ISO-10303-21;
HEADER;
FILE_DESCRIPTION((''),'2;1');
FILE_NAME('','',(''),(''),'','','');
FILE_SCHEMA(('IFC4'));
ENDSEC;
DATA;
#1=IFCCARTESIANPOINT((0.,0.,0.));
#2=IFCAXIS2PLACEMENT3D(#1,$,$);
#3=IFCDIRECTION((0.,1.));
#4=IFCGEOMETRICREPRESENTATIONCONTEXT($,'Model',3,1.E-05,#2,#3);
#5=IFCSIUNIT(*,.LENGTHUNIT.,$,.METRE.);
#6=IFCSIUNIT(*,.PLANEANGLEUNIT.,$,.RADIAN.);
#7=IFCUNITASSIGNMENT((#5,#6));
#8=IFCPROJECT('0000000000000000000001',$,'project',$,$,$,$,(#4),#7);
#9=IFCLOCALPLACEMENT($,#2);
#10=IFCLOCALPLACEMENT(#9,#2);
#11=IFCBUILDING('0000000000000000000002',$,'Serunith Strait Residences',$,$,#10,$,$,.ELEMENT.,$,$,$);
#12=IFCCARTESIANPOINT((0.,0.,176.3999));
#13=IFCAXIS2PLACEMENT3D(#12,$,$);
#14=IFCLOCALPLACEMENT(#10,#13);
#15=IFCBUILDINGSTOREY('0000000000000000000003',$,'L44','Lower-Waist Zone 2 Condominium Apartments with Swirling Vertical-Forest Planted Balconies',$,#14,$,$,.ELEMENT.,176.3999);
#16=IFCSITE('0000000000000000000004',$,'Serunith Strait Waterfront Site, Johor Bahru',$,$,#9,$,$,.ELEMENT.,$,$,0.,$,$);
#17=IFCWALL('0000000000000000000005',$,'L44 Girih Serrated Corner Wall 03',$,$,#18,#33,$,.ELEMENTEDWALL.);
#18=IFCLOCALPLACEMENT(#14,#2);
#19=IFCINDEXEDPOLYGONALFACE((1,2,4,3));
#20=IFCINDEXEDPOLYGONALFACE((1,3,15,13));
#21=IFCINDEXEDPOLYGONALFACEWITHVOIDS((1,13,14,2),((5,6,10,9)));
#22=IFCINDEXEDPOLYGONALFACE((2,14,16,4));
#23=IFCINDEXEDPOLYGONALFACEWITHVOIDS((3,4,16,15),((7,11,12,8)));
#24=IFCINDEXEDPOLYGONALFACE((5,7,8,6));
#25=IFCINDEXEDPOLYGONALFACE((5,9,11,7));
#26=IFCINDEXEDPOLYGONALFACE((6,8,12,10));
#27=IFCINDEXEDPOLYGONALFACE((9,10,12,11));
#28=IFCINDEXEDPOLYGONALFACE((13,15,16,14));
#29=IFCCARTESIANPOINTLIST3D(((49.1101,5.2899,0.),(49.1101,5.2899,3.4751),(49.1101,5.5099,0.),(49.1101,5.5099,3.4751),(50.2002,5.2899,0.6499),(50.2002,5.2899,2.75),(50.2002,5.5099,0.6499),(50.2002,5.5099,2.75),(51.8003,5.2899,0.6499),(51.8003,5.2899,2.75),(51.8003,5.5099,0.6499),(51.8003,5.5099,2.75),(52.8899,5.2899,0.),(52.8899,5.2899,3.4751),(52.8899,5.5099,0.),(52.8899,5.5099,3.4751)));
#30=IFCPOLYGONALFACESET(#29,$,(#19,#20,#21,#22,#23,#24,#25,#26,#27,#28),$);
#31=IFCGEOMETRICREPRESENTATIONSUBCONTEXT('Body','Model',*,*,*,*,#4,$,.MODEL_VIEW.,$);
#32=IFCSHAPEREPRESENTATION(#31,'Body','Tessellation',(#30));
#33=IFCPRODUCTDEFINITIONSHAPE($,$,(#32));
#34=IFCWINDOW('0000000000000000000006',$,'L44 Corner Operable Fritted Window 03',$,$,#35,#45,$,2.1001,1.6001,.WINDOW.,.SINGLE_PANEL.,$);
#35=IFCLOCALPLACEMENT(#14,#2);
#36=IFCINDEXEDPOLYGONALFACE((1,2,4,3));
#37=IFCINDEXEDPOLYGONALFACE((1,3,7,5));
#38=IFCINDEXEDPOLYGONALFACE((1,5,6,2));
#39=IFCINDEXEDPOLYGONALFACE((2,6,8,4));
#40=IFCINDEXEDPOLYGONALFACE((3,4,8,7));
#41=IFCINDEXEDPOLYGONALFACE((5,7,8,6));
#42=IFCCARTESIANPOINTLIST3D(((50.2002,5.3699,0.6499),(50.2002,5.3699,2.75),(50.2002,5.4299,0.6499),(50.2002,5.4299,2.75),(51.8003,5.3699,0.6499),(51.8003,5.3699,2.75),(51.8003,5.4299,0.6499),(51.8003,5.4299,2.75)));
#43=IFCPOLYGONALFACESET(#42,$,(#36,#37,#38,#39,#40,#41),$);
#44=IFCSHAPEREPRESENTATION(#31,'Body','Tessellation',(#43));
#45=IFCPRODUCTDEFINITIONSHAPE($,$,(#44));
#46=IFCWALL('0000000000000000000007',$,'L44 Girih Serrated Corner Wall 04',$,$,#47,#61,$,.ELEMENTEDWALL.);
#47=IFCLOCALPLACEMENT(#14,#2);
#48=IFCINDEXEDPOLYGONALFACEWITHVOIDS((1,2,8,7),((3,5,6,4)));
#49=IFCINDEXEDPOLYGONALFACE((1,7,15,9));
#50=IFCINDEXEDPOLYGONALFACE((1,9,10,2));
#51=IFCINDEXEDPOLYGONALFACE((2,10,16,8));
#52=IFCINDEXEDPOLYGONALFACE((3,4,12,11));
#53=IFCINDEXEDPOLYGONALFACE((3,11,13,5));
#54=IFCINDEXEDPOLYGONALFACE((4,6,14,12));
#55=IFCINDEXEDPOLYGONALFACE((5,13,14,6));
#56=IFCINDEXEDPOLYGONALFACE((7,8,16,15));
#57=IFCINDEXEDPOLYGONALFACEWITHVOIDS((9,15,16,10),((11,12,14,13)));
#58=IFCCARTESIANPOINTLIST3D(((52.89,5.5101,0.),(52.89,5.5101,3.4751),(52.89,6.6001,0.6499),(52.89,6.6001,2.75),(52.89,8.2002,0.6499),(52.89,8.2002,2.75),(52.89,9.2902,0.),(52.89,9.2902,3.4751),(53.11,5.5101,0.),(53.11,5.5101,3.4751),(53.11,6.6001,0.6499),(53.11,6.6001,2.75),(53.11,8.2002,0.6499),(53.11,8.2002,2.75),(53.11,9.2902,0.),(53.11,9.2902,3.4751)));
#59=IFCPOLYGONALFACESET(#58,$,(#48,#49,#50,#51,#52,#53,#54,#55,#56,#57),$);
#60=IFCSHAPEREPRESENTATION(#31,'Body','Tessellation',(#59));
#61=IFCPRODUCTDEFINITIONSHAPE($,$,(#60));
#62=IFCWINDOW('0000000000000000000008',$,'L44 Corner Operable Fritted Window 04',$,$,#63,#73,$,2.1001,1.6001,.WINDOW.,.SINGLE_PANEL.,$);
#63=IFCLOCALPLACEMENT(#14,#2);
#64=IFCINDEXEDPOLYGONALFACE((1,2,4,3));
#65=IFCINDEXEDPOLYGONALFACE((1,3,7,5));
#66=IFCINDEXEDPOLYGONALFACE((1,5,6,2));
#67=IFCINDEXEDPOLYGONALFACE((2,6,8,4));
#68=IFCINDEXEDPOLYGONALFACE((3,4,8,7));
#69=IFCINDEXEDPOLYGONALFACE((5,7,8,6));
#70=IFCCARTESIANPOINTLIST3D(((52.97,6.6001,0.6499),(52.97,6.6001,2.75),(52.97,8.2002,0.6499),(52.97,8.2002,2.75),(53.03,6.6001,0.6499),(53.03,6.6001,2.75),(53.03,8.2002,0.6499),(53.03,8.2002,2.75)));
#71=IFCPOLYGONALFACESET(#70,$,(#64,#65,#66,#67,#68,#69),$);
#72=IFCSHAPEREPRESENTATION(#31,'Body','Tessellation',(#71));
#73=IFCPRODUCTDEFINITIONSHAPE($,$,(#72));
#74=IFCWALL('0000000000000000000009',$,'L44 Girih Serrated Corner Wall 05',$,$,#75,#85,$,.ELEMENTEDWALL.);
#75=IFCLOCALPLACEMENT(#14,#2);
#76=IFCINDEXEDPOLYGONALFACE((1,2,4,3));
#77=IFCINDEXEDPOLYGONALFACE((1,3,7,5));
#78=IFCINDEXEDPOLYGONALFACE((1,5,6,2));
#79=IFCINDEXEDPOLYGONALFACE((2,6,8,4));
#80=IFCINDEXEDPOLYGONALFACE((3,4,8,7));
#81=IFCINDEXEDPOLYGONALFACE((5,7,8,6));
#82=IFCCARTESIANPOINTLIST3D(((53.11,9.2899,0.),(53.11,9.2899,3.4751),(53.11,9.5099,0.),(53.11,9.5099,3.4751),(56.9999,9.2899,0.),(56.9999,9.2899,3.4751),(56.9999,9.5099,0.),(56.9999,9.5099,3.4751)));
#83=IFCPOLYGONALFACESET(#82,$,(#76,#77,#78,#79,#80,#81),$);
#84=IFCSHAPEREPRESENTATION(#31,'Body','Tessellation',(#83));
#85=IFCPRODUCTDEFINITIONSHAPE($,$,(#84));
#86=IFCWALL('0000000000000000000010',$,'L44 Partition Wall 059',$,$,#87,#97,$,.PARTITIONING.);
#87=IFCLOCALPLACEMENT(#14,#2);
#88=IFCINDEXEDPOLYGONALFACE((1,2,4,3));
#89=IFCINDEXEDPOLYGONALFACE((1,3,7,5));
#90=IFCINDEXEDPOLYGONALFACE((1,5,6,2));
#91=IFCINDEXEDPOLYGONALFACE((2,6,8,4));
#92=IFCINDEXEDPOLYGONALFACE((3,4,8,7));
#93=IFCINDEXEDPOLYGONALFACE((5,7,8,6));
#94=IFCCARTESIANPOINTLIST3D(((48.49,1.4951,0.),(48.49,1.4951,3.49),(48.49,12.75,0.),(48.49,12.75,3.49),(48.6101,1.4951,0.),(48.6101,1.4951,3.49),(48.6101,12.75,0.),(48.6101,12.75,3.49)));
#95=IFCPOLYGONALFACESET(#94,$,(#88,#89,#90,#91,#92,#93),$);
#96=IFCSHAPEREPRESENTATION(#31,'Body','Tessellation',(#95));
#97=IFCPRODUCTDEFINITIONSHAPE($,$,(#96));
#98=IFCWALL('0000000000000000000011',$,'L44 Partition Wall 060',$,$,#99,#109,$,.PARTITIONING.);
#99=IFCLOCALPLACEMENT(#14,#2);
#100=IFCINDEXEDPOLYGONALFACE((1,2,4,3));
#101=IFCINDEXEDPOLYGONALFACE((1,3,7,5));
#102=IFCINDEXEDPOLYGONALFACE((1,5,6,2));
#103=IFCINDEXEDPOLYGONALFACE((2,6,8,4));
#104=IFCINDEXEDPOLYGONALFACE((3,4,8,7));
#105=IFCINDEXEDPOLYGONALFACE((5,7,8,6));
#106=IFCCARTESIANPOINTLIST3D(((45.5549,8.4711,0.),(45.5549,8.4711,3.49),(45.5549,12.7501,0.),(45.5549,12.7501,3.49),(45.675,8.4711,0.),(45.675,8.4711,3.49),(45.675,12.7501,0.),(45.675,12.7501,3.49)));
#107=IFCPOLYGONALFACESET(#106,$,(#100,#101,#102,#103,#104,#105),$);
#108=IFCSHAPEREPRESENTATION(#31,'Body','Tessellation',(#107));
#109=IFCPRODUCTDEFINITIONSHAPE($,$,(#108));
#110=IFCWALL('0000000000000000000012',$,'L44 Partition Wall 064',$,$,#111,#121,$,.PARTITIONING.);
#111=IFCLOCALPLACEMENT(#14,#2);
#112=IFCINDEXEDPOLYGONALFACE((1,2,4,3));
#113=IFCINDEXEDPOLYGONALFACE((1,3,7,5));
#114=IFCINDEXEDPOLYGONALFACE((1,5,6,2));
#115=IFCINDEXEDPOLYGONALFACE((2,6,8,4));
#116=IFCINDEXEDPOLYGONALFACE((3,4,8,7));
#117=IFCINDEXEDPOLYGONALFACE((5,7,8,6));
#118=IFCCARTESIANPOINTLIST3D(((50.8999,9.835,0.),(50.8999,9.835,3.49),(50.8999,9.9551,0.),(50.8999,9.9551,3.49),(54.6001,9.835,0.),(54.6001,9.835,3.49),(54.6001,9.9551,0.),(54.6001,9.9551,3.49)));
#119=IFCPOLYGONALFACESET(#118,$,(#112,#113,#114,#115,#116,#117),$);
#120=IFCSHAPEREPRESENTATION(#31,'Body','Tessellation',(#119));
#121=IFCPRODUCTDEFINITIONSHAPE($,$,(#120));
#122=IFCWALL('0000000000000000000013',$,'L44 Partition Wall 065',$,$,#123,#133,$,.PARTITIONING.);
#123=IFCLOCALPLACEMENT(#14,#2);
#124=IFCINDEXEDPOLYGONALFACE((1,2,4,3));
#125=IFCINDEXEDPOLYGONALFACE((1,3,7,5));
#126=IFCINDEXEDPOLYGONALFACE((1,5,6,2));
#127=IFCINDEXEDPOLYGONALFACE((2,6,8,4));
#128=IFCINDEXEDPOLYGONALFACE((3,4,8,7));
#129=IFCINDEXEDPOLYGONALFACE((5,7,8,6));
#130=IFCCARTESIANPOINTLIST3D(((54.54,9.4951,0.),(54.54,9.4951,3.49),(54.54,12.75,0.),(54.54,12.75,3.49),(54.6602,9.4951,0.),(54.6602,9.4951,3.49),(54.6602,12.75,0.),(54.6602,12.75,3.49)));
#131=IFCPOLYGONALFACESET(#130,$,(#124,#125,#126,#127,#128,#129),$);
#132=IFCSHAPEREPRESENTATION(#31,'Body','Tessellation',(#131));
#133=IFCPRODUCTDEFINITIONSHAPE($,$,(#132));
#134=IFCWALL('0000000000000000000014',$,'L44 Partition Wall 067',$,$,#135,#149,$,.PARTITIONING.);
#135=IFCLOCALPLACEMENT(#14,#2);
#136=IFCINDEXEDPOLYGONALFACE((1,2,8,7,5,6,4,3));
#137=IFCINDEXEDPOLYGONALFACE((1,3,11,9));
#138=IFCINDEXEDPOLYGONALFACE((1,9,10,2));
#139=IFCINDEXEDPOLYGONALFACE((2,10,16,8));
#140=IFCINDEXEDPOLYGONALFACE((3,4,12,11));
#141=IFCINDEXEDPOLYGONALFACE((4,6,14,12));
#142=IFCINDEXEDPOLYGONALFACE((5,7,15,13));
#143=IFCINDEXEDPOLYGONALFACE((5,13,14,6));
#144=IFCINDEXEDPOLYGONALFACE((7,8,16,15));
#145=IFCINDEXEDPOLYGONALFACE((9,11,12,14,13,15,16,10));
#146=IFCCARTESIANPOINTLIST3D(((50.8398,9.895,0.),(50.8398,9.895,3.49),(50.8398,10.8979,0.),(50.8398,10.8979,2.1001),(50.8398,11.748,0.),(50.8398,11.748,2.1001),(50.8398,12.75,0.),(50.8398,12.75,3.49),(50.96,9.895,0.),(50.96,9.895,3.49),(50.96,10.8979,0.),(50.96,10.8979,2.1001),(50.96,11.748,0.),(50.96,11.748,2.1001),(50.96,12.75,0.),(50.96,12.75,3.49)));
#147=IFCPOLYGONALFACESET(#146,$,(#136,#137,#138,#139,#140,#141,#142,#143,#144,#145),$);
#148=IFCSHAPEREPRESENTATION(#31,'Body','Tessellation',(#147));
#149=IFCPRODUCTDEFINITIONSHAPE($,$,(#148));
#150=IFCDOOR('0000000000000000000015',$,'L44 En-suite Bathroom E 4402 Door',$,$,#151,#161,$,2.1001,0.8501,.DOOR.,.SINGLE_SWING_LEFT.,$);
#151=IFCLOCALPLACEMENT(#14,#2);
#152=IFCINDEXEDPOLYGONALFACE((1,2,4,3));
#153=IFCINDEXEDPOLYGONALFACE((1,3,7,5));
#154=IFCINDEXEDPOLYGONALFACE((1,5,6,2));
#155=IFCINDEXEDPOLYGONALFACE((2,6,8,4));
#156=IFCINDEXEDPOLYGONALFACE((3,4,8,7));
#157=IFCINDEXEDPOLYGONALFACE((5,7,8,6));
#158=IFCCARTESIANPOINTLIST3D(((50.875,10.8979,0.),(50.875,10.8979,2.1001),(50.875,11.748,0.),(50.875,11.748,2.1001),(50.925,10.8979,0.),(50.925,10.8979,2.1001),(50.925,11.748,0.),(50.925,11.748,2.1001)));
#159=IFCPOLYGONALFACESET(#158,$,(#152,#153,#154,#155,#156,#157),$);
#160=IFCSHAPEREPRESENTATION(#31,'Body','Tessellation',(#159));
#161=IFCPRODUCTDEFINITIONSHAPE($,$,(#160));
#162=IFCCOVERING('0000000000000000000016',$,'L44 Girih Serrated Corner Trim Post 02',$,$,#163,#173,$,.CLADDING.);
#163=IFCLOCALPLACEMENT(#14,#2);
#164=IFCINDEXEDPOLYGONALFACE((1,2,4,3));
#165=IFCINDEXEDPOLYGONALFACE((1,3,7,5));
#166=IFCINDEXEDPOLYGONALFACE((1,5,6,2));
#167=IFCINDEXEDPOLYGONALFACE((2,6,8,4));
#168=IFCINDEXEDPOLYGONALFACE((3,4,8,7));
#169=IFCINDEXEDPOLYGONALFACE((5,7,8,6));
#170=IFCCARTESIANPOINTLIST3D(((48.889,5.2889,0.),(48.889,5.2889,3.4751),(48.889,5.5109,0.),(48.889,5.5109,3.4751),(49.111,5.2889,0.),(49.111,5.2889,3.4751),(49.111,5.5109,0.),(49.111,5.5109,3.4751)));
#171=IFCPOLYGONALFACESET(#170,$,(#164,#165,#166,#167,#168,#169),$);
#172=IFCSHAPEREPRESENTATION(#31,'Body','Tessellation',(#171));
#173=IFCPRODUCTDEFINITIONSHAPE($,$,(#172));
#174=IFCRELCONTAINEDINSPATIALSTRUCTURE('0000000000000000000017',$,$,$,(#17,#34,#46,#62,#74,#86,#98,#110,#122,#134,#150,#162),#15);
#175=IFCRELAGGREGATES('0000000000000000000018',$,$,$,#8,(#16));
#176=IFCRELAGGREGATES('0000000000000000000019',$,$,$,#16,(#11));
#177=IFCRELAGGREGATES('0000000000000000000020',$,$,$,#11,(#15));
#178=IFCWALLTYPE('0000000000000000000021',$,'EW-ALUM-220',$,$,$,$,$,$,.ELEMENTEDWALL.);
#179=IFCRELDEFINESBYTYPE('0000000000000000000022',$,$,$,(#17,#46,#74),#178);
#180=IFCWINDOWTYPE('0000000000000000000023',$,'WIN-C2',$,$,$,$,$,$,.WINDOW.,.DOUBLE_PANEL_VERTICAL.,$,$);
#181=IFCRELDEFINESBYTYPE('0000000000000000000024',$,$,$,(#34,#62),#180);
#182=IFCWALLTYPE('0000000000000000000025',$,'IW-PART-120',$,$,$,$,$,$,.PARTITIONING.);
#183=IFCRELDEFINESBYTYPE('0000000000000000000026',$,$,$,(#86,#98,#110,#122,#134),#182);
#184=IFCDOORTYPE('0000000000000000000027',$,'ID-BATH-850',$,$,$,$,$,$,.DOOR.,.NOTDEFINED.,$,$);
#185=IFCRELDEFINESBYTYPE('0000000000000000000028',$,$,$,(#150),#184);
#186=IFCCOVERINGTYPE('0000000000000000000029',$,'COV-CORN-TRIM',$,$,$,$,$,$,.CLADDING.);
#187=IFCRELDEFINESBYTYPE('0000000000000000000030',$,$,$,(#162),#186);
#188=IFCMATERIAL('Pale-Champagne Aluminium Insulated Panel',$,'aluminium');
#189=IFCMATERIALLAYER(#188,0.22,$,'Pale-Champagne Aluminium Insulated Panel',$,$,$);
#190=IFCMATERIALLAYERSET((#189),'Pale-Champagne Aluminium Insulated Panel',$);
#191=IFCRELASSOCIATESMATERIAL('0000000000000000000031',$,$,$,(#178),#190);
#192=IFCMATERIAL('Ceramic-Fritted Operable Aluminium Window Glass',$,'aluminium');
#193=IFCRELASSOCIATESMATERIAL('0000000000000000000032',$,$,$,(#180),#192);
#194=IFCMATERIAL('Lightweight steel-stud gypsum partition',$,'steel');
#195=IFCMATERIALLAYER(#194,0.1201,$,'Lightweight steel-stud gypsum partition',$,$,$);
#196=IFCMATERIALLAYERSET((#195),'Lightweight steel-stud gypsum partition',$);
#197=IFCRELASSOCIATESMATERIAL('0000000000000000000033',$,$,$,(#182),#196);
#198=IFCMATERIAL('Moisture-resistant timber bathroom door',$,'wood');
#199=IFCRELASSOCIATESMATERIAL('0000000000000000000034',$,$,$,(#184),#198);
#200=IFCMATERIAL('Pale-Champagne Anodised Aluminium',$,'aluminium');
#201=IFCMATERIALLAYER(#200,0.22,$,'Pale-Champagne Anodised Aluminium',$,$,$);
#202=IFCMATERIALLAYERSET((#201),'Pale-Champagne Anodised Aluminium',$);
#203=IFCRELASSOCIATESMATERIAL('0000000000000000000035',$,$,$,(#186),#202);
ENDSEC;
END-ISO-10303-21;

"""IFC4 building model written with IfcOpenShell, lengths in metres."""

from ifc_helpers import new_model, si_unit, direction, frame, frame_2d, origin, origin_2d, place, context, subcontext, project, spatial, rectangle, extrude, source, transform, mapped, material, layer, layer_set, type_object, element, fill, save


model = new_model("IFC4")

# Units and contexts
model_context = context("Model", 3, precision=1e-05, world=origin(), true_north=direction((0.0, 1.0)))
body_context = subcontext(model_context, "Body", "Model", "MODEL_VIEW")
ifc_project = project(units=[si_unit("LENGTHUNIT", "METRE"), si_unit("PLANEANGLEUNIT", "RADIAN")], contexts=[model_context])

# Site, building, storey
site_placement = place(None, origin())
site = spatial("IfcSite", under=ifc_project, at=site_placement, Name="Serunith Strait Waterfront Site, Johor Bahru", CompositionType="ELEMENT", RefElevation=0.0)
building_placement = place(site_placement, origin())
building = spatial("IfcBuilding", under=site, at=building_placement, Name="Serunith Strait Residences", CompositionType="ELEMENT")
storey_placement = place(building_placement, frame((0.0, 0.0, 176.3999)))
storey = spatial("IfcBuildingStorey", under=building, at=storey_placement, Name="L44", Description="Lower-Waist Zone 2 Condominium Apartments with Swirling Vertical-Forest Planted Balconies", CompositionType="ELEMENT", Elevation=176.3999)

# Shared definitions
ifc_material_1 = material(Name="Pale-Champagne Anodised Aluminium", Category="aluminium")

# Walls, openings, windows
ifc_material_2 = material(Name="Pale-Champagne Aluminium Insulated Panel", Category="aluminium")
ifc_layer_1 = layer(ifc_material_2, 0.22, Name="Pale-Champagne Aluminium Insulated Panel")
ifc_layer_set_1 = layer_set([ifc_layer_1], Name="Pale-Champagne Aluminium Insulated Panel")
wall_type_1 = type_object("IfcWallType", Name="EW-ALUM-220", PredefinedType="ELEMENTEDWALL", material=ifc_layer_set_1)
ifc_material_3 = material(Name="Ceramic-Fritted Operable Aluminium Window Glass", Category="aluminium")
window_type = type_object("IfcWindowType", Name="WIN-C2", PartitioningType="DOUBLE_PANEL_VERTICAL", PredefinedType="WINDOW", material=ifc_material_3)
shared_shape_1 = source(origin(), body_context, "Body", "SweptSolid", [
    extrude(rectangle(XDim=1.6001, YDim=2.1001, at=frame_2d((0.8, 1.05))), frame((0.0, 0.03, 0.0), z_axis=(0.0, -1.0, 0.0), x_axis=(1.0, 0.0, 0.0)), (0.0, 0.0, 1.0), 0.0601),
])
wall_1_placement = place(storey_placement, frame((49.1101, 5.3999, 0.0), z_axis=(0.0, 0.0, 1.0), x_axis=(1.0, 0.0, 0.0)))
wall_1 = element("IfcWall", 1, at=wall_1_placement, inside=storey, type_object=wall_type_1, Name="L44 Girih Serrated Corner Wall 03", PredefinedType="ELEMENTEDWALL", context=body_context, shape_type="SweptSolid", body=[
    extrude(rectangle(XDim=3.7798, YDim=0.22, at=frame_2d((1.8899, 0.0))), origin(), (0.0, 0.0, 1.0), 3.4751),
])
opening_1_placement = place(wall_1_placement, frame((1.0901, 0.0, 0.6499)))
opening_1 = element("IfcOpeningElement", 2, at=opening_1_placement, cuts=wall_1, PredefinedType="OPENING", context=body_context, shape_type="SweptSolid", body=[
    extrude(rectangle(XDim=1.6001, YDim=2.1001, at=frame_2d((0.8, 1.05))), frame((0.0, 0.1201, 0.0), z_axis=(0.0, -1.0, 0.0), x_axis=(1.0, 0.0, 0.0)), (0.0, 0.0, 1.0), 0.24),
])
window_1_placement = place(opening_1_placement, origin())
window_1 = element("IfcWindow", 3, at=window_1_placement, inside=storey, type_object=window_type, Name="L44 Corner Operable Fritted Window 03", OverallHeight=2.1001, OverallWidth=1.6001, PartitioningType="SINGLE_PANEL", PredefinedType="WINDOW", context=body_context, shape_type="MappedRepresentation", body=[
    mapped(shared_shape_1, transform((0.0, 0.0, 0.0), scale=1.0)),
])
fill(opening_1, window_1)
wall_2_placement = place(storey_placement, frame((53.0, 5.51, 0.0), z_axis=(0.0, 0.0, 1.0), x_axis=(0.0, 1.0, 0.0)))
wall_2 = element("IfcWall", 4, at=wall_2_placement, inside=storey, type_object=wall_type_1, Name="L44 Girih Serrated Corner Wall 04", PredefinedType="ELEMENTEDWALL", context=body_context, shape_type="SweptSolid", body=[
    extrude(rectangle(XDim=3.78, YDim=0.22, at=frame_2d((1.8901, 0.0))), origin(), (0.0, 0.0, 1.0), 3.4751),
])
opening_2_placement = place(wall_2_placement, frame((1.0901, 0.0, 0.6499)))
opening_2 = element("IfcOpeningElement", 5, at=opening_2_placement, cuts=wall_2, PredefinedType="OPENING", context=body_context, shape_type="SweptSolid", body=[
    extrude(rectangle(XDim=1.6001, YDim=2.1001, at=frame_2d((0.8, 1.05))), frame((0.0, 0.1201, 0.0), z_axis=(0.0, -1.0, 0.0), x_axis=(1.0, 0.0, 0.0)), (0.0, 0.0, 1.0), 0.24),
])
window_2_placement = place(opening_2_placement, origin())
window_2 = element("IfcWindow", 6, at=window_2_placement, inside=storey, type_object=window_type, Name="L44 Corner Operable Fritted Window 04", OverallHeight=2.1001, OverallWidth=1.6001, PartitioningType="SINGLE_PANEL", PredefinedType="WINDOW", context=body_context, shape_type="MappedRepresentation", body=[
    mapped(shared_shape_1, transform((0.0, 0.0, 0.0), scale=1.0)),
])
fill(opening_2, window_2)

# Walls
wall_3_placement = place(storey_placement, frame((53.1101, 9.3999, 0.0), z_axis=(0.0, 0.0, 1.0), x_axis=(1.0, 0.0, 0.0)))
element("IfcWall", 7, at=wall_3_placement, inside=storey, type_object=wall_type_1, Name="L44 Girih Serrated Corner Wall 05", PredefinedType="ELEMENTEDWALL", context=body_context, shape_type="SweptSolid", body=[
    extrude(rectangle(XDim=3.8899, YDim=0.22, at=frame_2d((1.9448, 0.0))), origin(), (0.0, 0.0, 1.0), 3.4751),
])
ifc_material_4 = material(Name="Lightweight steel-stud gypsum partition", Category="steel")
ifc_layer_2 = layer(ifc_material_4, 0.1201, Name="Lightweight steel-stud gypsum partition")
ifc_layer_set_2 = layer_set([ifc_layer_2], Name="Lightweight steel-stud gypsum partition")
wall_type_2 = type_object("IfcWallType", Name="IW-PART-120", PredefinedType="PARTITIONING", material=ifc_layer_set_2)
wall_4_placement = place(storey_placement, frame((48.55, 1.4951, 0.0), z_axis=(0.0, 0.0, 1.0), x_axis=(0.0, 1.0, 0.0)))
element("IfcWall", 8, at=wall_4_placement, inside=storey, type_object=wall_type_2, Name="L44 Partition Wall 059", PredefinedType="PARTITIONING", context=body_context, shape_type="SweptSolid", body=[
    extrude(rectangle(XDim=11.2549, YDim=0.1201, at=frame_2d((5.6274, 0.0))), origin(), (0.0, 0.0, 1.0), 3.49),
])
wall_5_placement = place(storey_placement, frame((45.615, 8.4709, 0.0), z_axis=(0.0, 0.0, 1.0), x_axis=(0.0, 1.0, 0.0)))
element("IfcWall", 9, at=wall_5_placement, inside=storey, type_object=wall_type_2, Name="L44 Partition Wall 060", PredefinedType="PARTITIONING", context=body_context, shape_type="SweptSolid", body=[
    extrude(rectangle(XDim=4.2791, YDim=0.1201, at=frame_2d((2.1396, 0.0))), origin(), (0.0, 0.0, 1.0), 3.49),
])
wall_6_placement = place(storey_placement, frame((50.8999, 9.895, 0.0), z_axis=(0.0, 0.0, 1.0), x_axis=(1.0, 0.0, 0.0)))
element("IfcWall", 10, at=wall_6_placement, inside=storey, type_object=wall_type_2, Name="L44 Partition Wall 064", PredefinedType="PARTITIONING", context=body_context, shape_type="SweptSolid", body=[
    extrude(rectangle(XDim=3.7002, YDim=0.1201, at=frame_2d((1.8501, 0.0))), origin(), (0.0, 0.0, 1.0), 3.49),
])
wall_7_placement = place(storey_placement, frame((54.6001, 9.4951, 0.0), z_axis=(0.0, 0.0, 1.0), x_axis=(0.0, 1.0, 0.0)))
element("IfcWall", 11, at=wall_7_placement, inside=storey, type_object=wall_type_2, Name="L44 Partition Wall 065", PredefinedType="PARTITIONING", context=body_context, shape_type="SweptSolid", body=[
    extrude(rectangle(XDim=3.2549, YDim=0.1201, at=frame_2d((1.6274, 0.0))), origin(), (0.0, 0.0, 1.0), 3.49),
])

# Wall, opening, door
wall_8_placement = place(storey_placement, frame((50.8999, 9.895, 0.0), z_axis=(0.0, 0.0, 1.0), x_axis=(0.0, 1.0, 0.0)))
wall_8 = element("IfcWall", 12, at=wall_8_placement, inside=storey, type_object=wall_type_2, Name="L44 Partition Wall 067", PredefinedType="PARTITIONING", context=body_context, shape_type="SweptSolid", body=[
    extrude(rectangle(XDim=2.855, YDim=0.1201, at=frame_2d((1.4275, 0.0))), origin(), (0.0, 0.0, 1.0), 3.49),
])
opening_3_placement = place(wall_8_placement, frame((1.0029, 0.0, 0.0)))
opening_3 = element("IfcOpeningElement", 13, at=opening_3_placement, cuts=wall_8, PredefinedType="OPENING", context=body_context, shape_type="SweptSolid", body=[
    extrude(rectangle(XDim=0.8501, YDim=2.1001, at=frame_2d((0.425, 1.05))), frame((0.0, 0.0701, 0.0), z_axis=(0.0, -1.0, 0.0), x_axis=(1.0, 0.0, 0.0)), (0.0, 0.0, 1.0), 0.1401),
])
ifc_material_5 = material(Name="Moisture-resistant timber bathroom door", Category="wood")
door_type = type_object("IfcDoorType", Name="ID-BATH-850", OperationType="NOTDEFINED", PredefinedType="DOOR", material=ifc_material_5)
shared_shape_2 = source(origin(), body_context, "Body", "SweptSolid", [
    extrude(rectangle(XDim=0.8501, YDim=2.1001, at=frame_2d((0.425, 1.05))), frame((0.0, 0.0249, 0.0), z_axis=(0.0, -1.0, 0.0), x_axis=(1.0, 0.0, 0.0)), (0.0, 0.0, 1.0), 0.05),
])
door_placement = place(opening_3_placement, origin())
door = element("IfcDoor", 14, at=door_placement, inside=storey, type_object=door_type, Name="L44 En-suite Bathroom E 4402 Door", OperationType="SINGLE_SWING_LEFT", OverallHeight=2.1001, OverallWidth=0.8501, PredefinedType="DOOR", context=body_context, shape_type="MappedRepresentation", body=[
    mapped(shared_shape_2, transform((0.0, 0.0, 0.0), scale=1.0)),
])
fill(opening_3, door)

# Covering
ifc_layer_3 = layer(ifc_material_1, 0.22, Name="Pale-Champagne Anodised Aluminium")
ifc_layer_set_3 = layer_set([ifc_layer_3], Name="Pale-Champagne Anodised Aluminium")
covering_type = type_object("IfcCoveringType", Name="COV-CORN-TRIM", PredefinedType="CLADDING", material=ifc_layer_set_3)
shared_shape_3 = source(origin(), body_context, "Body", "SweptSolid", [
    extrude(rectangle(XDim=0.2219, YDim=0.2219, at=origin_2d()), origin(), (0.0, 0.0, 1.0), 3.4751),
])
for number, where, z_axis, x_axis, name in (
    (15, (49.0, 5.3999, 0.0), (0.0, 0.0, 1.0), (1.0, 0.0, 0.0), "L44 Girih Serrated Corner Trim Post 02"),
):
    element("IfcCovering", number, at=place(storey_placement, frame(where, z_axis=z_axis, x_axis=x_axis)), inside=storey, type_object=covering_type, Name=name, PredefinedType="CLADDING", context=body_context, shape_type="MappedRepresentation", body=[
        mapped(shared_shape_3, transform((0.0, 0.0, 0.0), scale=1.0)),
    ])

save(model, "model.ifc")
